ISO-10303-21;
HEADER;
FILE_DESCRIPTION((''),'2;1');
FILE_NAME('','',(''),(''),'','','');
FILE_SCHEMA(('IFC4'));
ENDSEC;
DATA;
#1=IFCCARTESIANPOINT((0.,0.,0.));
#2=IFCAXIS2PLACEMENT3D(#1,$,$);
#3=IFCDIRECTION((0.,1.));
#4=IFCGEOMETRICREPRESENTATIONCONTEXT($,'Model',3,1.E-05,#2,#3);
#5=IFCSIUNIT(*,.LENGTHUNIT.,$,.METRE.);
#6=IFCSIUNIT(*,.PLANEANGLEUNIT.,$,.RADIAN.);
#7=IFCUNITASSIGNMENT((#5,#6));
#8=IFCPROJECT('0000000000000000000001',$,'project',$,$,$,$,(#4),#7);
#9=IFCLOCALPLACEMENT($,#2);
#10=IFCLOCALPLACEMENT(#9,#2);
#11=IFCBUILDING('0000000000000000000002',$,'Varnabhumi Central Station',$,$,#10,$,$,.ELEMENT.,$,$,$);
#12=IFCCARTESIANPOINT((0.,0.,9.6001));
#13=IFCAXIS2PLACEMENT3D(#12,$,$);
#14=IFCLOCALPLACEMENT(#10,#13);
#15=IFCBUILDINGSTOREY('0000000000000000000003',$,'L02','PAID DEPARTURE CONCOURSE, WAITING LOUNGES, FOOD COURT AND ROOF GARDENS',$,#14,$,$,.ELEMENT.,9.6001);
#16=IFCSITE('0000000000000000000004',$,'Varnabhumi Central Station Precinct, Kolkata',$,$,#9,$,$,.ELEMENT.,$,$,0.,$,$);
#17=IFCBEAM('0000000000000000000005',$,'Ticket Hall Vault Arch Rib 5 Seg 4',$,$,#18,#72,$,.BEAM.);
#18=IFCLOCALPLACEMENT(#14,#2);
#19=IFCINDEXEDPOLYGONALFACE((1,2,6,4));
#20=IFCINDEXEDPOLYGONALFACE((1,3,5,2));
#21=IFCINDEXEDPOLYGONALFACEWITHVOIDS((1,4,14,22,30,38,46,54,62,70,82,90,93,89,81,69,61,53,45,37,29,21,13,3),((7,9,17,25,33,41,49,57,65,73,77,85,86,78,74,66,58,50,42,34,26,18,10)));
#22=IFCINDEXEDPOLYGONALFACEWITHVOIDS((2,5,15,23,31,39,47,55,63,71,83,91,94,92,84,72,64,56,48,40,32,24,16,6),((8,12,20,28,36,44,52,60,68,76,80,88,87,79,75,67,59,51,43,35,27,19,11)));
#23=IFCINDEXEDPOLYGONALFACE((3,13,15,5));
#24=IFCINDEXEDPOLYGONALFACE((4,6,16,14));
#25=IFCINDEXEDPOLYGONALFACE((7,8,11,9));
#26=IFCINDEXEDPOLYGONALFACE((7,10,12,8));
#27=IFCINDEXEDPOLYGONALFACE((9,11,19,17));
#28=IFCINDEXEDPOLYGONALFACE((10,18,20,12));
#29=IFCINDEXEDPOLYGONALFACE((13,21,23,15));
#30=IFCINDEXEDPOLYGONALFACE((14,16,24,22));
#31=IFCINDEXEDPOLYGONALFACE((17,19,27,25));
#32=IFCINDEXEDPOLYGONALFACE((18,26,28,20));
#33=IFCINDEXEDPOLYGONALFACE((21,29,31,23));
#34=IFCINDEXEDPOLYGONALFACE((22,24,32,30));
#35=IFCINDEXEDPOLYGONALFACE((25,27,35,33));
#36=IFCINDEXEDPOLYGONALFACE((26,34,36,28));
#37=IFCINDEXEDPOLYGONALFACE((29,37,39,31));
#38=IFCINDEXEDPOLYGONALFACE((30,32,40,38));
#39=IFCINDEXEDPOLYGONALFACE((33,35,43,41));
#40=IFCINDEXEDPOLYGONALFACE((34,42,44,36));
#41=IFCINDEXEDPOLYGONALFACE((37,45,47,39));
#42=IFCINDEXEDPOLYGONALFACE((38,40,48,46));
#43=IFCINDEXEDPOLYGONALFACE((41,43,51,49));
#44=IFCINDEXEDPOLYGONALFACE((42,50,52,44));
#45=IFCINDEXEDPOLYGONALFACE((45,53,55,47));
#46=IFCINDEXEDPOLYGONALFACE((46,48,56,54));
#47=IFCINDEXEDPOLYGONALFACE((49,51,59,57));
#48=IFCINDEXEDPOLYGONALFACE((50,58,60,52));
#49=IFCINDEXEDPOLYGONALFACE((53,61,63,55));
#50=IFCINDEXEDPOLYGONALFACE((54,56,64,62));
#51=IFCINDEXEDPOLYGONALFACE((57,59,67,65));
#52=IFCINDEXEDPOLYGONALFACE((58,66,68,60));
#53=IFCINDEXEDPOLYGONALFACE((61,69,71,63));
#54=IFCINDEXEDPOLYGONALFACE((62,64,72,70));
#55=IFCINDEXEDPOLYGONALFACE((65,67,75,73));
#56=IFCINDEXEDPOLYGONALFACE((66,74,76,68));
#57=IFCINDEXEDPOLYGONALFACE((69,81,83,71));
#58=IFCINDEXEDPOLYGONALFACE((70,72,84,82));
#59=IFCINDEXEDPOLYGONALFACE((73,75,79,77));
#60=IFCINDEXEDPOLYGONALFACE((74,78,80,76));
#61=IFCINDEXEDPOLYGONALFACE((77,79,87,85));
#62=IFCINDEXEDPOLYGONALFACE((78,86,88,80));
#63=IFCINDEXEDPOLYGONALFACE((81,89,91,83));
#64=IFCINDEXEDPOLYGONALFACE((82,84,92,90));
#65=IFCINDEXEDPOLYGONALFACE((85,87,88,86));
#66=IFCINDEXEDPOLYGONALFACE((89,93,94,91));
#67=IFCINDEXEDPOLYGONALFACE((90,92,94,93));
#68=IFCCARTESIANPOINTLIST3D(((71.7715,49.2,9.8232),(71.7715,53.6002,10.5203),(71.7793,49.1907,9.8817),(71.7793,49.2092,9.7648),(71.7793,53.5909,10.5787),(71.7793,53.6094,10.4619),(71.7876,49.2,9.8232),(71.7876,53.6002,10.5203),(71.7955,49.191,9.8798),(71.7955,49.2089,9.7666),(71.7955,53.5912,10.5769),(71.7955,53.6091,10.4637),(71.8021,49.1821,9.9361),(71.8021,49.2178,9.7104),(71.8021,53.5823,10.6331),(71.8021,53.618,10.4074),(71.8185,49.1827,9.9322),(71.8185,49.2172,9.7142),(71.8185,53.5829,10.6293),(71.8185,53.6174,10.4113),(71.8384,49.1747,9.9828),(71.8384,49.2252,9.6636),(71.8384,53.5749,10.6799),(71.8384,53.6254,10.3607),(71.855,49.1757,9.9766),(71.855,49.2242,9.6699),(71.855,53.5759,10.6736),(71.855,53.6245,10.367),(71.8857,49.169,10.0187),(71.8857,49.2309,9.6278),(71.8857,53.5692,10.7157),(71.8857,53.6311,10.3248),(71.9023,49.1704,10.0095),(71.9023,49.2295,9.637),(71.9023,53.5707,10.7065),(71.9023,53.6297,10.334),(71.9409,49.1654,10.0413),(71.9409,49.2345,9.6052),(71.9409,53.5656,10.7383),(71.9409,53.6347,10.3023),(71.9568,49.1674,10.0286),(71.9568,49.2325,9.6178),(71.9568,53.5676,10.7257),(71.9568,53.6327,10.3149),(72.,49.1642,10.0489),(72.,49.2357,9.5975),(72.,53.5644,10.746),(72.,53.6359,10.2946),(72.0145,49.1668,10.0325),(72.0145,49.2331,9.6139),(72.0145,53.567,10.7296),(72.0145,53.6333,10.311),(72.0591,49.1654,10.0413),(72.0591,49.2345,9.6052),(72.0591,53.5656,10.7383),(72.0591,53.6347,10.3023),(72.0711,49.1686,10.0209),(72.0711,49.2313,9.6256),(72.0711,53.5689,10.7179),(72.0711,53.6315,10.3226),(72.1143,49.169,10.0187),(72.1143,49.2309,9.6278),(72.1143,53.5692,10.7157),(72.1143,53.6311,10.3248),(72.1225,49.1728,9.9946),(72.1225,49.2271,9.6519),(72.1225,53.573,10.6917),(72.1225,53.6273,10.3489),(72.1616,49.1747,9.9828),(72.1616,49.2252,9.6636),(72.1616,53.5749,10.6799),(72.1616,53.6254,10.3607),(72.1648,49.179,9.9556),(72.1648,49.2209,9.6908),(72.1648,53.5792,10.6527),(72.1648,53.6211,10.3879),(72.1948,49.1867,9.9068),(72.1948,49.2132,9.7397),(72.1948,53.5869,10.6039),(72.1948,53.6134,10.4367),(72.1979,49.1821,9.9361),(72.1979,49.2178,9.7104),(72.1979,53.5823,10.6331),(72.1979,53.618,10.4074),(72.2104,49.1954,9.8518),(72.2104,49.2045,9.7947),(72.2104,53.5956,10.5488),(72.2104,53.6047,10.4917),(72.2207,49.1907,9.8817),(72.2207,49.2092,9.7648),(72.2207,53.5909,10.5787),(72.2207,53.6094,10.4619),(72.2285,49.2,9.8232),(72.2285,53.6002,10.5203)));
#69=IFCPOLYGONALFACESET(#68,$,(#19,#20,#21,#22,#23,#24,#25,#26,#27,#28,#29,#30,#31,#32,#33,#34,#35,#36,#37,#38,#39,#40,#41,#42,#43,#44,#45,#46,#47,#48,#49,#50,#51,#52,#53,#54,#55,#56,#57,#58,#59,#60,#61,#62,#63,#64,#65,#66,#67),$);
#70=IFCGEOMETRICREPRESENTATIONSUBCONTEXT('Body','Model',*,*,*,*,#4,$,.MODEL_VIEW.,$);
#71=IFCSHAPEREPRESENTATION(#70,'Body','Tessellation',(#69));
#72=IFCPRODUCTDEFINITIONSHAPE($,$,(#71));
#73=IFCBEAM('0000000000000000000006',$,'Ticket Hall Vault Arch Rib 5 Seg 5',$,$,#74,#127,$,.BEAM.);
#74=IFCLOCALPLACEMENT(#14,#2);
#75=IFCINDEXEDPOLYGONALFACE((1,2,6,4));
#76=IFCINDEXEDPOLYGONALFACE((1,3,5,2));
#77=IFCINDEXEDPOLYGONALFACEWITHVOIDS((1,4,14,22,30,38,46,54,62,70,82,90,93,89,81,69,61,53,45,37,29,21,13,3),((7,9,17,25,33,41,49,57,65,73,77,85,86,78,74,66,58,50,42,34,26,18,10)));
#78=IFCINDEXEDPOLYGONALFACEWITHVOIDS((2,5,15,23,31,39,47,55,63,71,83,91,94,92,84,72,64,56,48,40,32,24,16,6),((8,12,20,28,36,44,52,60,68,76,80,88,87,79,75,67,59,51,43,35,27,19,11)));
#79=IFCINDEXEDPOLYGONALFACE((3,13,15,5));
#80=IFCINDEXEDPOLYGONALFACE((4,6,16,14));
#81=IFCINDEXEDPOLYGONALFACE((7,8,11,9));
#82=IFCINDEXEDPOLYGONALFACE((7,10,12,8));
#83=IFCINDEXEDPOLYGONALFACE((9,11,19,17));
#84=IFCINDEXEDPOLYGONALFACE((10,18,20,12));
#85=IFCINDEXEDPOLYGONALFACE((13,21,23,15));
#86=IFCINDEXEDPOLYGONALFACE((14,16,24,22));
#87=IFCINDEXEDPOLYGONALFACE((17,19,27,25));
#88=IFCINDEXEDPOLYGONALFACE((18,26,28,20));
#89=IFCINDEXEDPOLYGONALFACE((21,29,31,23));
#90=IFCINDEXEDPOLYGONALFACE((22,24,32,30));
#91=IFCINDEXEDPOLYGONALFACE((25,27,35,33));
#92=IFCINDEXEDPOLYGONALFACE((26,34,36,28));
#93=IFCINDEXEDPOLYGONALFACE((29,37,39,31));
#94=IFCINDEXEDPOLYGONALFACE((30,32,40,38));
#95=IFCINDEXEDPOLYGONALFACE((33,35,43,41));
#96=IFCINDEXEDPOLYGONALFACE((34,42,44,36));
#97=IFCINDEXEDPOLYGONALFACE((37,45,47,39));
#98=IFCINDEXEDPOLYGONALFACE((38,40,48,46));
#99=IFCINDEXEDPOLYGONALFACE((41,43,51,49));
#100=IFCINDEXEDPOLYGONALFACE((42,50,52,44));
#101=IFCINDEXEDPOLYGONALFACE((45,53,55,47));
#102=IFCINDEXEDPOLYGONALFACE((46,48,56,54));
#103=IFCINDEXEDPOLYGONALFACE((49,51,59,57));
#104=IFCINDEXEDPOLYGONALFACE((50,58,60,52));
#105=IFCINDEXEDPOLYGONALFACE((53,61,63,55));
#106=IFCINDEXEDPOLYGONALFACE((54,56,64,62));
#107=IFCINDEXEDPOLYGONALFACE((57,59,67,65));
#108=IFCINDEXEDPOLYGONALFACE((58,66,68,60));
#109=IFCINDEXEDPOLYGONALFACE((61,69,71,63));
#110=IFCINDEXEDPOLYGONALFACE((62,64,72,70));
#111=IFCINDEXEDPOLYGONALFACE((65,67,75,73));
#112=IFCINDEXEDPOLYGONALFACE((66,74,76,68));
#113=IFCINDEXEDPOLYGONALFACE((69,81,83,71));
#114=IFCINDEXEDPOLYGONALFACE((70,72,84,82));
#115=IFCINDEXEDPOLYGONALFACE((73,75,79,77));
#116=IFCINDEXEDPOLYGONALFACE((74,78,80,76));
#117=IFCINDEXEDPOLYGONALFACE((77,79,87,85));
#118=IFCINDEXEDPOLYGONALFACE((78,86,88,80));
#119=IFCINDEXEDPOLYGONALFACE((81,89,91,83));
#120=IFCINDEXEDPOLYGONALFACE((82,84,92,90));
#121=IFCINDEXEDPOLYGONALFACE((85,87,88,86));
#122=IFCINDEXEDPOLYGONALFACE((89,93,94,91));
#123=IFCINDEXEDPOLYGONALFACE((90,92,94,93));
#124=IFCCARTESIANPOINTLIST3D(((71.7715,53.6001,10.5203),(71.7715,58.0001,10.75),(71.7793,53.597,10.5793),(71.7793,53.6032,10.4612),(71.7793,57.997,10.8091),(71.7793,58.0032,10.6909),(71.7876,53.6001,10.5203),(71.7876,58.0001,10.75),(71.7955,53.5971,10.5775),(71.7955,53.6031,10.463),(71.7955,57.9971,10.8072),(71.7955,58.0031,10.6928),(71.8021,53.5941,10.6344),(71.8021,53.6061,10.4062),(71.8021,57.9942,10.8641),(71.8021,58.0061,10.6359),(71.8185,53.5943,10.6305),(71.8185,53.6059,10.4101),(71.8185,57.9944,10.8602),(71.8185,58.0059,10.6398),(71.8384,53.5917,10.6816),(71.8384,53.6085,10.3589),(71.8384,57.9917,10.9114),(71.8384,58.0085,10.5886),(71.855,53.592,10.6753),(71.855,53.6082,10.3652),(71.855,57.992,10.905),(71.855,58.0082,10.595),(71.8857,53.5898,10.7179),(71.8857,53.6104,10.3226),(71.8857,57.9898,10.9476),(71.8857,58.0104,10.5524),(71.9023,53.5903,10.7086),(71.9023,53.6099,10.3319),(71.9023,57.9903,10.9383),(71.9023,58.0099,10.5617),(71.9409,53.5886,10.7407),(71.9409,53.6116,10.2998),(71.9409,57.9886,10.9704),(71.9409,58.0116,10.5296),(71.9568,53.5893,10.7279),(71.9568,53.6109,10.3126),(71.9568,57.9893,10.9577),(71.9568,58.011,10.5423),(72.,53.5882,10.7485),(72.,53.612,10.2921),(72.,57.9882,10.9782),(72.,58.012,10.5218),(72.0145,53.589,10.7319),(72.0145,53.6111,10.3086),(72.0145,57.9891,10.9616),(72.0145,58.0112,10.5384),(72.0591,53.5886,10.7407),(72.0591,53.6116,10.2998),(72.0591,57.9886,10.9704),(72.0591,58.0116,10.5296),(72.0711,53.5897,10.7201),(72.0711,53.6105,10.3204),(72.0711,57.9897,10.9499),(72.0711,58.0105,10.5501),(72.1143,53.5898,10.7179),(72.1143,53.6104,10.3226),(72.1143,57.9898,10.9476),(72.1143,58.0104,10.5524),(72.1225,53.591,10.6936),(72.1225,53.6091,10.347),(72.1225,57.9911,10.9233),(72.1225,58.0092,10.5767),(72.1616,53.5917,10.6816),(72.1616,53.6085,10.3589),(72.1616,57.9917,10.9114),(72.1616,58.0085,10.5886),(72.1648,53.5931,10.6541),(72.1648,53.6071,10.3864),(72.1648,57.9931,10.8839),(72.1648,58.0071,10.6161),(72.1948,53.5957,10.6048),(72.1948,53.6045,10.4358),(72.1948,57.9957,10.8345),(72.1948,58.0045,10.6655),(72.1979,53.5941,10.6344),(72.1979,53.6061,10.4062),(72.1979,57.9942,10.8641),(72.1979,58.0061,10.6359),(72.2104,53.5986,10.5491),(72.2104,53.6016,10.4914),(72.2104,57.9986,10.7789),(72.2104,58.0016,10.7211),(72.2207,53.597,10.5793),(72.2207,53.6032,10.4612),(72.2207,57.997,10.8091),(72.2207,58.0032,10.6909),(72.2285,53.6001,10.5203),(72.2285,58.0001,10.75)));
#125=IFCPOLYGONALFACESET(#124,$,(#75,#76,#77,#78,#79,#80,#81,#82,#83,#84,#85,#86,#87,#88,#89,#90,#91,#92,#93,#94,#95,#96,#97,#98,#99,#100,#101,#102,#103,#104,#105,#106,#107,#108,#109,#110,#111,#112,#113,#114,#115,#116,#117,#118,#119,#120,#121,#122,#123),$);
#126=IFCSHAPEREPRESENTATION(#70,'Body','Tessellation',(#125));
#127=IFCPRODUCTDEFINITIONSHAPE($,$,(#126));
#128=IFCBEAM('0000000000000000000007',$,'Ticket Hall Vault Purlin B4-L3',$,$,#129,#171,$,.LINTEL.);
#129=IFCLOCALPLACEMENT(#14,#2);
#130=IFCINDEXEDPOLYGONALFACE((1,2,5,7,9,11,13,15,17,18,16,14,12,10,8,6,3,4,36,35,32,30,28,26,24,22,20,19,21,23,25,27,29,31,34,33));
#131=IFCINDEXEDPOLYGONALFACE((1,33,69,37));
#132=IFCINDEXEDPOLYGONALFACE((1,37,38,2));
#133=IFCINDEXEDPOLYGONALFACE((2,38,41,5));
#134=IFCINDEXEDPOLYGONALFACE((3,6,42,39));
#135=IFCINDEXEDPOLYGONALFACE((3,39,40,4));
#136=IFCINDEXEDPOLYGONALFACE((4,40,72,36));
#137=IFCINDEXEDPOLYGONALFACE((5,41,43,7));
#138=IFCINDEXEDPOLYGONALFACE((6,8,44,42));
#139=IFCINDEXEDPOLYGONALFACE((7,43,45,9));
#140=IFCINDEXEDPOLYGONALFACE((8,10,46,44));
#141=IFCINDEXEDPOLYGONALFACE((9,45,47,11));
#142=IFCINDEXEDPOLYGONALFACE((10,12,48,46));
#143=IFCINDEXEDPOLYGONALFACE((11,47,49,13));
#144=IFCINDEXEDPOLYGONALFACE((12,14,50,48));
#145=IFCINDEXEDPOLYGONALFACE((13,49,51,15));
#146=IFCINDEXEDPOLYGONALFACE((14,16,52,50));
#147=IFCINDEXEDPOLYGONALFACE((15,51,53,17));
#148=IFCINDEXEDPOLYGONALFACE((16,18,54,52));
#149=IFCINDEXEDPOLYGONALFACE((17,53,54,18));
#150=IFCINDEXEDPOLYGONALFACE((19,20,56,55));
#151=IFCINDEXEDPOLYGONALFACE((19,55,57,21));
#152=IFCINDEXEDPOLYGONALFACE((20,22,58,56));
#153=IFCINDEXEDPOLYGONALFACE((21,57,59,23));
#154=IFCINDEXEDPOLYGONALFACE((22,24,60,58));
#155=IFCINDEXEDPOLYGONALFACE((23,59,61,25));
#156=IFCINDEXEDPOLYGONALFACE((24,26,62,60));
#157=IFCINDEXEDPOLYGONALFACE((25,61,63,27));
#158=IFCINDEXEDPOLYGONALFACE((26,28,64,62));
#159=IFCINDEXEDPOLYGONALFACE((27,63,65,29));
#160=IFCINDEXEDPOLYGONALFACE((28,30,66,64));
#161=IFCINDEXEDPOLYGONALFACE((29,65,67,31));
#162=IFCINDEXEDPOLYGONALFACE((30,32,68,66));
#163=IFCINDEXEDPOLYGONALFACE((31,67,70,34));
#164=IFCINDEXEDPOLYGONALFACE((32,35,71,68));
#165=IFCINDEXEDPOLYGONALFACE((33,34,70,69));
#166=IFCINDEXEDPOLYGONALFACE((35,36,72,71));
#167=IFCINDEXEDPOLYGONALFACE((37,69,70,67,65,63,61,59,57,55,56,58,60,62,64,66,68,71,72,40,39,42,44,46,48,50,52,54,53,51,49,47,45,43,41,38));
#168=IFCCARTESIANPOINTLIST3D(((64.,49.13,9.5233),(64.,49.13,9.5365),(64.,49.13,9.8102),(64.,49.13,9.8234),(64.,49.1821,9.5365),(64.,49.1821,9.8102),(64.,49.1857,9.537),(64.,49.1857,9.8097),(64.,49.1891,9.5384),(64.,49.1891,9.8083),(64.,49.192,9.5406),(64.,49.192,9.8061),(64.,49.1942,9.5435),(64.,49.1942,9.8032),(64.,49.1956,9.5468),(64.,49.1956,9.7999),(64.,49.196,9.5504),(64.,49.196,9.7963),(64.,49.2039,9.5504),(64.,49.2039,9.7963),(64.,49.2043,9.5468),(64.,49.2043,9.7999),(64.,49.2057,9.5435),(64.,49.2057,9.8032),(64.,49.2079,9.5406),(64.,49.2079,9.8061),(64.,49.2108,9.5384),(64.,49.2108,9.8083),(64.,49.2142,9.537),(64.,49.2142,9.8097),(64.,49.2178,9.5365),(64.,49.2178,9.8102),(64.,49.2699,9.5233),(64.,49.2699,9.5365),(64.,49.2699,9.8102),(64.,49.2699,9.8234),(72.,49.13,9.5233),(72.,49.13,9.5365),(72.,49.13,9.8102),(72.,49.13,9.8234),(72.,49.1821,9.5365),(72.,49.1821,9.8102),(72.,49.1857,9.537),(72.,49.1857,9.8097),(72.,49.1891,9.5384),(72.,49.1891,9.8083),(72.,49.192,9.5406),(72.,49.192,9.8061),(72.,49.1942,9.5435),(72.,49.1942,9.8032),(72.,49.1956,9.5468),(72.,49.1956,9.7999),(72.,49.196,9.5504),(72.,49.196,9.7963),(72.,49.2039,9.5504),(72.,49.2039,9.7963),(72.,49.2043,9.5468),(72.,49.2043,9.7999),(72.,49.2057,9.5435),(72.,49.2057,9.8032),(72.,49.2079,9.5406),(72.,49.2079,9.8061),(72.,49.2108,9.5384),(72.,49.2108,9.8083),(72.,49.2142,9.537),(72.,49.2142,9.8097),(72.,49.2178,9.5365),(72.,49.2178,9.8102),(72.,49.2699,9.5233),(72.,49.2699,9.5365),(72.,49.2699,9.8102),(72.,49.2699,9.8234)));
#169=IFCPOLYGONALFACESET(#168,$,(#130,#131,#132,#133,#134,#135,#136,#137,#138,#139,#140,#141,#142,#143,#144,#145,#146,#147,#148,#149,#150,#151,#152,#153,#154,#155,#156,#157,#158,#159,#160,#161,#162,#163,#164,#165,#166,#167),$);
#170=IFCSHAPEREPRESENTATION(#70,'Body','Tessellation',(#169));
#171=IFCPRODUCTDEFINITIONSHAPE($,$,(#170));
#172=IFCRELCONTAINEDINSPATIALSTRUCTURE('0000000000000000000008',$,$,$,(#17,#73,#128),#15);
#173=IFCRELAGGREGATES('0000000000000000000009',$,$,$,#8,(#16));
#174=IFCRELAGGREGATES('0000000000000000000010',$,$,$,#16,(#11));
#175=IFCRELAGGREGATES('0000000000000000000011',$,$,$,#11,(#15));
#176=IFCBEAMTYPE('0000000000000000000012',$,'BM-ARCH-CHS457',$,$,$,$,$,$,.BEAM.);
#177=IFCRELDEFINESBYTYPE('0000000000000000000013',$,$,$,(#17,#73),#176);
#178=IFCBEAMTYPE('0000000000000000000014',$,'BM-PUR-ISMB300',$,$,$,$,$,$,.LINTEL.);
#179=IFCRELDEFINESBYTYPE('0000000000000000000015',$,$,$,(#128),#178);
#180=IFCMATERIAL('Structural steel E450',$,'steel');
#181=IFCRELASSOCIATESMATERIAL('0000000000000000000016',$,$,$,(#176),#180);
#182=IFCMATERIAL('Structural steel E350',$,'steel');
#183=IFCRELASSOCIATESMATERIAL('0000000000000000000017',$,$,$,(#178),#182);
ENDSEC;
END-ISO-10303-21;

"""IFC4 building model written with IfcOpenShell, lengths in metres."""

from ifc_helpers import new_model, si_unit, direction, frame, origin, origin_2d, place, context, subcontext, project, spatial, hollow_circle, i_section, extrude, material, material_profile, profile_set, type_object, element, save


model = new_model("IFC4")

# Units and contexts
model_context = context("Model", 3, precision=1e-05, world=origin(), true_north=direction((0.0, 1.0)))
body_context = subcontext(model_context, "Body", "Model", "MODEL_VIEW")
ifc_project = project(units=[si_unit("LENGTHUNIT", "METRE"), si_unit("PLANEANGLEUNIT", "RADIAN")], contexts=[model_context])

# Site, building, storey
site_placement = place(None, origin())
site = spatial("IfcSite", under=ifc_project, at=site_placement, Name="Varnabhumi Central Station Precinct, Kolkata", CompositionType="ELEMENT", RefElevation=0.0)
building_placement = place(site_placement, origin())
building = spatial("IfcBuilding", under=site, at=building_placement, Name="Varnabhumi Central Station", CompositionType="ELEMENT")
storey_placement = place(building_placement, frame((0.0, 0.0, 9.6001)))
storey = spatial("IfcBuildingStorey", under=building, at=storey_placement, Name="L02", Description="PAID DEPARTURE CONCOURSE, WAITING LOUNGES, FOOD COURT AND ROOF GARDENS", CompositionType="ELEMENT", Elevation=9.6001)

# Beams
ifc_material_1 = material(Name="Structural steel E450", Category="steel")
ifc_material_profile_1 = material_profile(ifc_material_1, hollow_circle(Radius=0.2285, WallThickness=0.0161, at=origin_2d()), Name="Structural steel E450", Category="steel")
ifc_profile_set_1 = profile_set([ifc_material_profile_1], Name="Structural steel E450")
beam_type_1 = type_object("IfcBeamType", Name="BM-ARCH-CHS457", PredefinedType="BEAM", material=ifc_profile_set_1)
beam_1_placement = place(storey_placement, frame((72.0, 49.2, 9.8232), z_axis=(0.0, 0.987685, 0.156458), x_axis=(-1.0, 0.0, 0.0)))
element("IfcBeam", 1, at=beam_1_placement, inside=storey, type_object=beam_type_1, Name="Ticket Hall Vault Arch Rib 5 Seg 4", PredefinedType="BEAM", context=body_context, shape_type="SweptSolid", body=[
    extrude(hollow_circle(Radius=0.2285, WallThickness=0.0161, at=origin_2d()), origin(), (0.0, 0.0, 1.0), 4.4551),
])
beam_2_placement = place(storey_placement, frame((72.0, 53.6001, 10.5203), z_axis=(0.0, 0.99864, 0.052143), x_axis=(-1.0, 0.0, 0.0)))
element("IfcBeam", 2, at=beam_2_placement, inside=storey, type_object=beam_type_1, Name="Ticket Hall Vault Arch Rib 5 Seg 5", PredefinedType="BEAM", context=body_context, shape_type="SweptSolid", body=[
    extrude(hollow_circle(Radius=0.2285, WallThickness=0.0161, at=origin_2d()), origin(), (0.0, 0.0, 1.0), 4.406),
])
ifc_material_2 = material(Name="Structural steel E350", Category="steel")
ifc_material_profile_2 = material_profile(ifc_material_2, i_section(OverallWidth=0.1399, OverallDepth=0.3, WebThickness=0.0078, FlangeThickness=0.0132, FilletRadius=0.0139, at=origin_2d()), Name="Structural steel E350", Category="steel")
ifc_profile_set_2 = profile_set([ifc_material_profile_2], Name="Structural steel E350")
beam_type_2 = type_object("IfcBeamType", Name="BM-PUR-ISMB300", PredefinedType="LINTEL", material=ifc_profile_set_2)
for number, where, z_axis, x_axis, name in (
    (3, (64.0, 49.2, 9.6733), (1.0, 0.0, 0.0), (0.0, 1.0, 0.0), "Ticket Hall Vault Purlin B4-L3"),
):
    element("IfcBeam", number, at=place(storey_placement, frame(where, z_axis=z_axis, x_axis=x_axis)), inside=storey, type_object=beam_type_2, Name=name, PredefinedType="LINTEL", context=body_context, shape_type="SweptSolid", body=[
        extrude(i_section(OverallWidth=0.1399, OverallDepth=0.3, WebThickness=0.0078, FlangeThickness=0.0132, FilletRadius=0.0139, at=origin_2d()), origin(), (0.0, 0.0, 1.0), 8.0),
    ])

save(model, "model.ifc")
